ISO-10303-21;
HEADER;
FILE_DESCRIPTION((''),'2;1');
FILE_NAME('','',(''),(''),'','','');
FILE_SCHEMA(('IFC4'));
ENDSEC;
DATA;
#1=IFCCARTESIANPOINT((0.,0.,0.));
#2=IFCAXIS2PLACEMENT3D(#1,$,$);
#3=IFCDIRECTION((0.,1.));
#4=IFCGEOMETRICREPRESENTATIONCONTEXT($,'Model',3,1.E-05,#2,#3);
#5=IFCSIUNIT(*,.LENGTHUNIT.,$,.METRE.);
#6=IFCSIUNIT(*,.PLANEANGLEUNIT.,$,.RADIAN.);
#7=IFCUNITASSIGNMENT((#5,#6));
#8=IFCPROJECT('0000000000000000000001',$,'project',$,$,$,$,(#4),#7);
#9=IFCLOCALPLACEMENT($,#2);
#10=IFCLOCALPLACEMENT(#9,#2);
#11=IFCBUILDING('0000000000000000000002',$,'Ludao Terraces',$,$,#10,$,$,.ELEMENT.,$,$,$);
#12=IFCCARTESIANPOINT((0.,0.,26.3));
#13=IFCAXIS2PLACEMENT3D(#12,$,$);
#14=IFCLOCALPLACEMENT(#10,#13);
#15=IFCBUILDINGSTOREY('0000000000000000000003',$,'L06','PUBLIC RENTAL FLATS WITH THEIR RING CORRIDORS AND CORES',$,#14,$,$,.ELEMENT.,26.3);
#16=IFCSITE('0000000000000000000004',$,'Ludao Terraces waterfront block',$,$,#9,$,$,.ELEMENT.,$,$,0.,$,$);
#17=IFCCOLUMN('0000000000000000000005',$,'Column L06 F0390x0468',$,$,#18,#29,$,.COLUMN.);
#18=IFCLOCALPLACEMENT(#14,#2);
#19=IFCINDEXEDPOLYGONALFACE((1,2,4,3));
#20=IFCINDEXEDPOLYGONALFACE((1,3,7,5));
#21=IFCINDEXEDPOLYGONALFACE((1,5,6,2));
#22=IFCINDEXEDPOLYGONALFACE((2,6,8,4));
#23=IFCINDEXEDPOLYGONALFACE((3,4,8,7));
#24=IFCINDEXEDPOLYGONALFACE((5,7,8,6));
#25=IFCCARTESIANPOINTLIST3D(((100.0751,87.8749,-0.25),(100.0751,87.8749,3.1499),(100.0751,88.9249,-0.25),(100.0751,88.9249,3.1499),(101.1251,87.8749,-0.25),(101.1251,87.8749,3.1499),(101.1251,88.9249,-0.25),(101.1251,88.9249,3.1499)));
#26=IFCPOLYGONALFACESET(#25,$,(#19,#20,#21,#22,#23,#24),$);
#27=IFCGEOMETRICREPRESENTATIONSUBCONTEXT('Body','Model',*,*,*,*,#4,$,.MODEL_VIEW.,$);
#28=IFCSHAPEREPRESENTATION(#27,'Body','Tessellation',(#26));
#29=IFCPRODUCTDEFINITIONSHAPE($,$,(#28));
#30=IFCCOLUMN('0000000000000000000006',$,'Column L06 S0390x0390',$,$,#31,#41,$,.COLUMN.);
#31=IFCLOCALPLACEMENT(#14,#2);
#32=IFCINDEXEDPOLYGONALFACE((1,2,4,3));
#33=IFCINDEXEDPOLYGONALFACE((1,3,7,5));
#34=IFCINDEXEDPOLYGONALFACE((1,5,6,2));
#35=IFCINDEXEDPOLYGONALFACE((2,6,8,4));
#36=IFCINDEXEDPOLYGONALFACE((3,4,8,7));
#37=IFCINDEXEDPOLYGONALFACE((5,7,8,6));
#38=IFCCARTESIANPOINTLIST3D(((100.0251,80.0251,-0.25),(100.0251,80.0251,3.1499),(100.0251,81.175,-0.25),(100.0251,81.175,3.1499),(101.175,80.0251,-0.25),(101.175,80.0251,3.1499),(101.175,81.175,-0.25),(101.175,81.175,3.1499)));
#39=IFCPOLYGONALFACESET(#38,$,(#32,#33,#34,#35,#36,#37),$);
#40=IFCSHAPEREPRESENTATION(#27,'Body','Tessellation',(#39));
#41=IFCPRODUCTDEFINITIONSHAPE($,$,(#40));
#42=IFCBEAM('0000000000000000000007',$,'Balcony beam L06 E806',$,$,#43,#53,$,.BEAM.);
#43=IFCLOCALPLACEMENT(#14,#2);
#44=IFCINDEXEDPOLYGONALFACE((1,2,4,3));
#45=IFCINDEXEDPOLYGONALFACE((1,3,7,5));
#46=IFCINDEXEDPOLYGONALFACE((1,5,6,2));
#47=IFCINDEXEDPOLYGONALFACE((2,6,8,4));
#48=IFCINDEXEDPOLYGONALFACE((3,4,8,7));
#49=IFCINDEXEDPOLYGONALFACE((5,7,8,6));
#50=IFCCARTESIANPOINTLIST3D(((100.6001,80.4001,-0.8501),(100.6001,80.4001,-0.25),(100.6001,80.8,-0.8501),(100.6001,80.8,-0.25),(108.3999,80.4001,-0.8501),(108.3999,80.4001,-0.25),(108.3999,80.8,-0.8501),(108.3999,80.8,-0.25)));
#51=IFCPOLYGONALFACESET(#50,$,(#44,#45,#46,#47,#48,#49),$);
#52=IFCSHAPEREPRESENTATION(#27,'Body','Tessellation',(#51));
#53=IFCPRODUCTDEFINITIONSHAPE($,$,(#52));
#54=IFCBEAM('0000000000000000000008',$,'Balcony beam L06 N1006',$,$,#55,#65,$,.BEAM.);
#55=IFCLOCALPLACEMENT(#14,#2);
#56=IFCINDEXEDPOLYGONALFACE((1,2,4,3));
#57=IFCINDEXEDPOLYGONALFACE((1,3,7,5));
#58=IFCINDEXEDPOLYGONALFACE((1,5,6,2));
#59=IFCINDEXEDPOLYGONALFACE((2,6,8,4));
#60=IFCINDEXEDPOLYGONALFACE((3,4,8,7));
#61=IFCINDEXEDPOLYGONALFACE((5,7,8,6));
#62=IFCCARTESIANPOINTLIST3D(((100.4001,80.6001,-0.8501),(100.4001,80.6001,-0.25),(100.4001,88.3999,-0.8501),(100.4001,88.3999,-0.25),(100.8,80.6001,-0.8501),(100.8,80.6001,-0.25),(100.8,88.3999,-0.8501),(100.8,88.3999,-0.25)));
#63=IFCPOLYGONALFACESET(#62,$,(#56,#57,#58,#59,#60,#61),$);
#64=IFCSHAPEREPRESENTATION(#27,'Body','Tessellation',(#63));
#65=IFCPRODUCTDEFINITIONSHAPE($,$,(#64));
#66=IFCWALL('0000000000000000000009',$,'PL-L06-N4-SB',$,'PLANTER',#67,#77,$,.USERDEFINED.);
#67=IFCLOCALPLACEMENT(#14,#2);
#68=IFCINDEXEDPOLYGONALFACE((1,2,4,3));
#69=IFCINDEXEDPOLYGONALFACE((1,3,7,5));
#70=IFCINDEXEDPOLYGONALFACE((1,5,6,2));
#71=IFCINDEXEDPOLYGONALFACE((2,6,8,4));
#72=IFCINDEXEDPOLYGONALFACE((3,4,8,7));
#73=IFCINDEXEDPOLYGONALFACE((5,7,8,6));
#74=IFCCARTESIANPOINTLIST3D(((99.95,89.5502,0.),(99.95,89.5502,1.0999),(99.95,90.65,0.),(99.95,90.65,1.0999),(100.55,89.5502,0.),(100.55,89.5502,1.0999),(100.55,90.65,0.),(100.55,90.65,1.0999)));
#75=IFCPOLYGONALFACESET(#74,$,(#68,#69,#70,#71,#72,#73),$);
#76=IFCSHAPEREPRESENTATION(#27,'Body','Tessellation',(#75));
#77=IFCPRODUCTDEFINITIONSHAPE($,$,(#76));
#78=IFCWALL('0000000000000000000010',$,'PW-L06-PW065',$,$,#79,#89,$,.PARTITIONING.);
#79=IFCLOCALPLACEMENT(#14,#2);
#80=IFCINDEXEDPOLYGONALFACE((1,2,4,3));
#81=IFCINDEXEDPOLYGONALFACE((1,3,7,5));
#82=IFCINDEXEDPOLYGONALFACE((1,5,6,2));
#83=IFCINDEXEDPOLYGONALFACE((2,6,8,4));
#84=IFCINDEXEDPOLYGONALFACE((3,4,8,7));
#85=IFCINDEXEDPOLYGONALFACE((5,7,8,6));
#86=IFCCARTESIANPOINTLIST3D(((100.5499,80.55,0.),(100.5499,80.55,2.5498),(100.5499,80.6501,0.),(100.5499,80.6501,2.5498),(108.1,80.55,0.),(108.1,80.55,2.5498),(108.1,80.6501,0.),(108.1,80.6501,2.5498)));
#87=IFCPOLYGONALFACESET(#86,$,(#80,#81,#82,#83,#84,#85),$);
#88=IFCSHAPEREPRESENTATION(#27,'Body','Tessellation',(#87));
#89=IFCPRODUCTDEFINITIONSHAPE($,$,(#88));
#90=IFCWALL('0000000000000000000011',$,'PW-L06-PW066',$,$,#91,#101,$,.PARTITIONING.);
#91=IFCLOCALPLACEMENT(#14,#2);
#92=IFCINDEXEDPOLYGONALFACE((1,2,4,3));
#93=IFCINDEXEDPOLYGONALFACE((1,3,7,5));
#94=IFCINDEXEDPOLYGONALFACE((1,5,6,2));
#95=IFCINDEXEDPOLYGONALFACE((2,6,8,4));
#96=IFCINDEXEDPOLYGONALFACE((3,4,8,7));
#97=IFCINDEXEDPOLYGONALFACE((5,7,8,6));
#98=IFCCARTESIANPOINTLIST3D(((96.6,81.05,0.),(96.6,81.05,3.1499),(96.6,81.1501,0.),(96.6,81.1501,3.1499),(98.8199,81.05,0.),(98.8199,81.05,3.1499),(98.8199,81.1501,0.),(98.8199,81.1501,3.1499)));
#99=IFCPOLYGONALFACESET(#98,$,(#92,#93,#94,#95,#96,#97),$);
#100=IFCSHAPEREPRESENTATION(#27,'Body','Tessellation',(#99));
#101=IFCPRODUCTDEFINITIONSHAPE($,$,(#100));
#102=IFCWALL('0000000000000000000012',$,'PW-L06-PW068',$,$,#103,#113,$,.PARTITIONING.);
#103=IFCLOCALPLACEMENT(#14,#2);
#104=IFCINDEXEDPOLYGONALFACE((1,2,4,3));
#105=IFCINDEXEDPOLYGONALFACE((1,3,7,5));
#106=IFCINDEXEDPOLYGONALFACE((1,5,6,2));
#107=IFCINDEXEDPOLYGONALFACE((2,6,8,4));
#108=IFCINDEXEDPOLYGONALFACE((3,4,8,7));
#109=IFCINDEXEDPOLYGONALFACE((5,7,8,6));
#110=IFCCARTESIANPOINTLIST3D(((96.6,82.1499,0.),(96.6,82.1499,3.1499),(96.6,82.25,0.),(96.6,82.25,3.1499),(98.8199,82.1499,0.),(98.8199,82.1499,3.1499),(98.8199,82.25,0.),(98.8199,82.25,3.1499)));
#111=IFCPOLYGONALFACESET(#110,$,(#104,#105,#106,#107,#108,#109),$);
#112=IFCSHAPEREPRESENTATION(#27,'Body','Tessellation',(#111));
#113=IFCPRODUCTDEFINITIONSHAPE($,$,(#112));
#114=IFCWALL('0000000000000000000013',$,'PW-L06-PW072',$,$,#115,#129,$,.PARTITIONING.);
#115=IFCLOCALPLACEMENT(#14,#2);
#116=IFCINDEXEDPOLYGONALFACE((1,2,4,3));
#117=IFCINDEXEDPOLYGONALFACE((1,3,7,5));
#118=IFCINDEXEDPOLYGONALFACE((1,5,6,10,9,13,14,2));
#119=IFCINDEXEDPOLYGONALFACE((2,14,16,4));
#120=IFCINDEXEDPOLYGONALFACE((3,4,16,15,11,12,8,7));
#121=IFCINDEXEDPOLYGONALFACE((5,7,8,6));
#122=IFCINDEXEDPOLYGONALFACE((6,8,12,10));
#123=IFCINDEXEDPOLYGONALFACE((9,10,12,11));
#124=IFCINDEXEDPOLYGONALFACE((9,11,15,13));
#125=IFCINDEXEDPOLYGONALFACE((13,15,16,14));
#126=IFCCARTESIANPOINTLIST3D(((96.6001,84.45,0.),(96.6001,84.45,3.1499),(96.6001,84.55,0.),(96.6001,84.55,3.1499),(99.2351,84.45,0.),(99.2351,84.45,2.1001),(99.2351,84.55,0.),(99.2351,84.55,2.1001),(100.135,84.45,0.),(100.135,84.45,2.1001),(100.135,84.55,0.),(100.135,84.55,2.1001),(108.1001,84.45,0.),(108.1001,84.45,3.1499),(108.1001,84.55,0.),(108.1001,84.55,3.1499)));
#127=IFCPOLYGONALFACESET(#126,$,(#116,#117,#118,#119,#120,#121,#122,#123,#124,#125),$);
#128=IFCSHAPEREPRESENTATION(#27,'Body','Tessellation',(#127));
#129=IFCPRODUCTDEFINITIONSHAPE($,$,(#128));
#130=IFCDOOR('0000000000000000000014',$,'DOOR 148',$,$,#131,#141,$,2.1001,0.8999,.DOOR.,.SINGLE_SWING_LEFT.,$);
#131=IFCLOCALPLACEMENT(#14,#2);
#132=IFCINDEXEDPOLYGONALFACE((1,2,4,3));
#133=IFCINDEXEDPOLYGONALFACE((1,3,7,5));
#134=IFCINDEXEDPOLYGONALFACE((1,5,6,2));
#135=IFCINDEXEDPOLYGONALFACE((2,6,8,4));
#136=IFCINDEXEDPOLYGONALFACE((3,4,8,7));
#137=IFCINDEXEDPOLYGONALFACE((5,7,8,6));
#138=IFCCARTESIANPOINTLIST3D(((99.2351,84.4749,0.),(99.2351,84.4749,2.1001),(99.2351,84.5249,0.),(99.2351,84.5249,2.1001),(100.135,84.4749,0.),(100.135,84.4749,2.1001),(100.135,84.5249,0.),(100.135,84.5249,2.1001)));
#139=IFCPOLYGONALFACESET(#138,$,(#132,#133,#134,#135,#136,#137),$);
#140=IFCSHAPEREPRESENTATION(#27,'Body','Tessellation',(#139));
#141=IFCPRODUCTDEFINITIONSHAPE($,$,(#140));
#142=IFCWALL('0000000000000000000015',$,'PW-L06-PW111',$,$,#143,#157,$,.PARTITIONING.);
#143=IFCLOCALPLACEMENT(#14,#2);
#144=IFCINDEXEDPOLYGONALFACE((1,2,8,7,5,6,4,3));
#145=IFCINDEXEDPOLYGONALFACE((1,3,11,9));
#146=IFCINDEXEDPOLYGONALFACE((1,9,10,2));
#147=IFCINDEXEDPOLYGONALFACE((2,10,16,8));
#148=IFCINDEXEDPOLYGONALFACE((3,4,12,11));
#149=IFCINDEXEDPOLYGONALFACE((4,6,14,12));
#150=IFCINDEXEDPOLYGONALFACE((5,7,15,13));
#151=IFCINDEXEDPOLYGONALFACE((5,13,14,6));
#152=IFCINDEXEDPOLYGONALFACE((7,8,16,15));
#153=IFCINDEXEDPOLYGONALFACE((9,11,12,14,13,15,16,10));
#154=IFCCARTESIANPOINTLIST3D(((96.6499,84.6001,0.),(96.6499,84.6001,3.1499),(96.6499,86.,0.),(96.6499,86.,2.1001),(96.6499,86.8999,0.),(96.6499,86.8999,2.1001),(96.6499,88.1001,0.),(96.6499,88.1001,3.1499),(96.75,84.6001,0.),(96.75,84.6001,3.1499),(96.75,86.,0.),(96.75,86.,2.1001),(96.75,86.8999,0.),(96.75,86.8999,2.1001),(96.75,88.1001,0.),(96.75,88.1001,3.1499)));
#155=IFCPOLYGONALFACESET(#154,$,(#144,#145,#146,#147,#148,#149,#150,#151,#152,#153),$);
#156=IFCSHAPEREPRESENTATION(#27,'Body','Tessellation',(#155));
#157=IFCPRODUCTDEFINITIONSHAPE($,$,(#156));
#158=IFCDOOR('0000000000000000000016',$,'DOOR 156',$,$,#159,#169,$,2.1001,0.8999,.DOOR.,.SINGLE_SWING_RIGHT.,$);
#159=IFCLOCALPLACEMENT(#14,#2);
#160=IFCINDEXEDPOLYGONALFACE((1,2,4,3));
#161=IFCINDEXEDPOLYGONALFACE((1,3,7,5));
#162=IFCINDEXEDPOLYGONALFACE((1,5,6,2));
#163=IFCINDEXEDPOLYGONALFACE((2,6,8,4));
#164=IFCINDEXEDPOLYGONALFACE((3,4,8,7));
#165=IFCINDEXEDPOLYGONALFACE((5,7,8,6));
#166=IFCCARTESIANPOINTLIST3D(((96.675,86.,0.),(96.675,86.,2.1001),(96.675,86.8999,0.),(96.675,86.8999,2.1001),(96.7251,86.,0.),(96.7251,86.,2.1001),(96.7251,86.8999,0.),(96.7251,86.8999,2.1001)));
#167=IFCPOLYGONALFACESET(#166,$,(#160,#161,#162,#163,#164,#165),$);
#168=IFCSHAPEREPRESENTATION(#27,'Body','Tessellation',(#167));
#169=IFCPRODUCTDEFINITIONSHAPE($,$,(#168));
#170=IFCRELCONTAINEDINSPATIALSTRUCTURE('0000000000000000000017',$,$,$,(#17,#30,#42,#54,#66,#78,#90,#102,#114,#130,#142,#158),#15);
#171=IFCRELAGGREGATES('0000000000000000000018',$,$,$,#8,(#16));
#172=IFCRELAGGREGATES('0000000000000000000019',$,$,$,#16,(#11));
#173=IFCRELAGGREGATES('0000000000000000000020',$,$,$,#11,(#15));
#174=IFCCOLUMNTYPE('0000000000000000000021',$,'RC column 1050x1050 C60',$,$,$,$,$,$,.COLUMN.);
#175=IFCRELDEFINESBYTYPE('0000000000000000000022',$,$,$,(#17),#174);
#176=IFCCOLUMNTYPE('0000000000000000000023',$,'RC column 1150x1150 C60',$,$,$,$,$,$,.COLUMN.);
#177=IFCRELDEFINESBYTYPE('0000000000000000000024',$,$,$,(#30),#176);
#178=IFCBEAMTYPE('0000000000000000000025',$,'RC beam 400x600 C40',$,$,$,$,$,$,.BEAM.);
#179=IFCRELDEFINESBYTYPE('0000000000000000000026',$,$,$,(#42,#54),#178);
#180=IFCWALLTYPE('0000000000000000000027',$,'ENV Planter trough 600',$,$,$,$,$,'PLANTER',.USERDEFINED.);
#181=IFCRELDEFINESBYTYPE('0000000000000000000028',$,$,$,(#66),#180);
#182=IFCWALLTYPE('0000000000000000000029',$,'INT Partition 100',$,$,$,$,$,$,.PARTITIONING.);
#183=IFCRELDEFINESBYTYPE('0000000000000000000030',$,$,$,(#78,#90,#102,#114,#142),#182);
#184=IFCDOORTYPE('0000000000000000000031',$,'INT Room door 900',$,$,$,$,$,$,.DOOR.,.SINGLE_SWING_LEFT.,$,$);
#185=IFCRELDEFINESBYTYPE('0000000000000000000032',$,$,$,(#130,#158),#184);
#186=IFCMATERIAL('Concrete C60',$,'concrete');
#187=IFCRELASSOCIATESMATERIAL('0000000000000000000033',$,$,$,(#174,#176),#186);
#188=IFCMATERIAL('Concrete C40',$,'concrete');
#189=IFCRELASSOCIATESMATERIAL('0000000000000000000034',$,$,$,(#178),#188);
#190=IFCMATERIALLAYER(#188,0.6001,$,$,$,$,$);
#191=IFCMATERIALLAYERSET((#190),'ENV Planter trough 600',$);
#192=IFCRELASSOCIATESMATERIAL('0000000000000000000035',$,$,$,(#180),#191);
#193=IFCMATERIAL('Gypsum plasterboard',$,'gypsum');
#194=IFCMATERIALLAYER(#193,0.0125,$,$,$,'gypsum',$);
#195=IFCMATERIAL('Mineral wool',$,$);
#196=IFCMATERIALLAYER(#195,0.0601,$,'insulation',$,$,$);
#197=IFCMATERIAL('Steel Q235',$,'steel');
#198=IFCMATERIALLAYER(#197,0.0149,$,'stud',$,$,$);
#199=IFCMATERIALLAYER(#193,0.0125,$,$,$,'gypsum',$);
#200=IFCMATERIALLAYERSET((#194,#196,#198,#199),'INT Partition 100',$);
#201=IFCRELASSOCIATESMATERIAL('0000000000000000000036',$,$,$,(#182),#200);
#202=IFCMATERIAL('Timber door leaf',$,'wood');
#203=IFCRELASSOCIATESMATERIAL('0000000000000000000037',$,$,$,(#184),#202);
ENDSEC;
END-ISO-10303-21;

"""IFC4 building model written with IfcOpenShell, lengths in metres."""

from ifc_helpers import new_model, si_unit, direction, frame, frame_2d, origin, origin_2d, place, context, subcontext, project, spatial, rectangle, extrude, material, layer, layer_set, material_profile, profile_set, type_object, element, fill, save


model = new_model("IFC4")

# Units and contexts
model_context = context("Model", 3, precision=1e-05, world=origin(), true_north=direction((0.0, 1.0)))
body_context = subcontext(model_context, "Body", "Model", "MODEL_VIEW")
ifc_project = project(units=[si_unit("LENGTHUNIT", "METRE"), si_unit("PLANEANGLEUNIT", "RADIAN")], contexts=[model_context])

# Site, building, storey
site_placement = place(None, origin())
site = spatial("IfcSite", under=ifc_project, at=site_placement, Name="Ludao Terraces waterfront block", CompositionType="ELEMENT", RefElevation=0.0)
building_placement = place(site_placement, origin())
building = spatial("IfcBuilding", under=site, at=building_placement, Name="Ludao Terraces", CompositionType="ELEMENT")
storey_placement = place(building_placement, frame((0.0, 0.0, 26.3)))
storey = spatial("IfcBuildingStorey", under=building, at=storey_placement, Name="L06", Description="PUBLIC RENTAL FLATS WITH THEIR RING CORRIDORS AND CORES", CompositionType="ELEMENT", Elevation=26.3)

# Columns
ifc_material_1 = material(Name="Concrete C60", Category="concrete")
ifc_material_profile_1 = material_profile(ifc_material_1, rectangle(XDim=1.05, YDim=1.05, at=origin_2d()), Name="1050 X 1050")
ifc_profile_set_1 = profile_set([ifc_material_profile_1], Name="Concrete C60")
column_type_1 = type_object("IfcColumnType", Name="RC column 1050x1050 C60", PredefinedType="COLUMN", material=ifc_profile_set_1)
column_1_placement = place(storey_placement, frame((100.6001, 88.3999, -0.25), z_axis=(0.0, 0.0, 1.0), x_axis=(1.0, 0.0, 0.0)))
element("IfcColumn", 1, at=column_1_placement, inside=storey, type_object=column_type_1, Name="Column L06 F0390x0468", PredefinedType="COLUMN", context=body_context, shape_type="SweptSolid", body=[
    extrude(rectangle(XDim=1.05, YDim=1.05, at=origin_2d()), origin(), (0.0, 0.0, 1.0), 3.3999),
])
ifc_material_profile_2 = material_profile(ifc_material_1, rectangle(XDim=1.1499, YDim=1.1499, at=origin_2d()), Name="1150 X 1150")
ifc_profile_set_2 = profile_set([ifc_material_profile_2], Name="Concrete C60")
column_type_2 = type_object("IfcColumnType", Name="RC column 1150x1150 C60", PredefinedType="COLUMN", material=ifc_profile_set_2)
column_2_placement = place(storey_placement, frame((100.6001, 80.6001, -0.25), z_axis=(0.0, 0.0, 1.0), x_axis=(1.0, 0.0, 0.0)))
element("IfcColumn", 2, at=column_2_placement, inside=storey, type_object=column_type_2, Name="Column L06 S0390x0390", PredefinedType="COLUMN", context=body_context, shape_type="SweptSolid", body=[
    extrude(rectangle(XDim=1.1499, YDim=1.1499, at=origin_2d()), origin(), (0.0, 0.0, 1.0), 3.3999),
])

# Beams
ifc_material_2 = material(Name="Concrete C40", Category="concrete")
ifc_material_profile_3 = material_profile(ifc_material_2, rectangle(XDim=0.3999, YDim=0.6001, at=origin_2d()), Name="400 X 600")
ifc_profile_set_3 = profile_set([ifc_material_profile_3], Name="Concrete C40")
beam_type = type_object("IfcBeamType", Name="RC beam 400x600 C40", PredefinedType="BEAM", material=ifc_profile_set_3)
for number, where, z_axis, x_axis, name in (
    (3, (100.6001, 80.6001, -0.55), (1.0, 0.0, 0.0), (0.0, 1.0, 0.0), "Balcony beam L06 E806"),
    (4, (100.6001, 80.6001, -0.55), (0.0, 1.0, 0.0), (-1.0, 0.0, 0.0), "Balcony beam L06 N1006"),
):
    element("IfcBeam", number, at=place(storey_placement, frame(where, z_axis=z_axis, x_axis=x_axis)), inside=storey, type_object=beam_type, Name=name, PredefinedType="BEAM", context=body_context, shape_type="SweptSolid", body=[
        extrude(rectangle(XDim=0.3999, YDim=0.6001, at=origin_2d()), origin(), (0.0, 0.0, 1.0), 7.7998),
    ])

# Walls
ifc_layer_1 = layer(ifc_material_2, 0.6001)
ifc_layer_set_1 = layer_set([ifc_layer_1], Name="ENV Planter trough 600")
wall_type_1 = type_object("IfcWallType", Name="ENV Planter trough 600", ElementType="PLANTER", PredefinedType="USERDEFINED", material=ifc_layer_set_1)
wall_1_placement = place(storey_placement, frame((100.25, 90.6499, 0.0), z_axis=(0.0, 0.0, 1.0), x_axis=(0.0, -1.0, 0.0)))
element("IfcWall", 5, at=wall_1_placement, inside=storey, type_object=wall_type_1, Name="PL-L06-N4-SB", ObjectType="PLANTER", PredefinedType="USERDEFINED", context=body_context, shape_type="SweptSolid", body=[
    extrude(rectangle(XDim=1.0999, YDim=0.6001, at=frame_2d((0.5498, 0.0))), origin(), (0.0, 0.0, 1.0), 1.0999),
])
ifc_material_3 = material(Name="Gypsum plasterboard", Category="gypsum")
ifc_layer_2 = layer(ifc_material_3, 0.0125, Category="gypsum")
ifc_material_4 = material(Name="Mineral wool")
ifc_layer_3 = layer(ifc_material_4, 0.0601, Name="insulation")
ifc_material_5 = material(Name="Steel Q235", Category="steel")
ifc_layer_4 = layer(ifc_material_5, 0.0149, Name="stud")
ifc_layer_5 = layer(ifc_material_3, 0.0125, Category="gypsum")
ifc_layer_set_2 = layer_set([ifc_layer_2, ifc_layer_3, ifc_layer_4, ifc_layer_5], Name="INT Partition 100")
wall_type_2 = type_object("IfcWallType", Name="INT Partition 100", PredefinedType="PARTITIONING", material=ifc_layer_set_2)
wall_2_placement = place(storey_placement, frame((100.55, 80.6001, 0.0), z_axis=(0.0, 0.0, 1.0), x_axis=(1.0, 0.0, 0.0)))
element("IfcWall", 6, at=wall_2_placement, inside=storey, type_object=wall_type_2, Name="PW-L06-PW065", PredefinedType="PARTITIONING", context=body_context, shape_type="SweptSolid", body=[
    extrude(rectangle(XDim=7.55, YDim=0.1001, at=frame_2d((3.7749, 0.0))), origin(), (0.0, 0.0, 1.0), 2.5498),
])
for number, where, z_axis, x_axis, name in (
    (7, (96.6001, 81.1001, 0.0), (0.0, 0.0, 1.0), (1.0, 0.0, 0.0), "PW-L06-PW066"),
    (8, (96.6001, 82.2, 0.0), (0.0, 0.0, 1.0), (1.0, 0.0, 0.0), "PW-L06-PW068"),
):
    element("IfcWall", number, at=place(storey_placement, frame(where, z_axis=z_axis, x_axis=x_axis)), inside=storey, type_object=wall_type_2, Name=name, PredefinedType="PARTITIONING", context=body_context, shape_type="SweptSolid", body=[
        extrude(rectangle(XDim=2.22, YDim=0.1001, at=frame_2d((1.1099, 0.0))), origin(), (0.0, 0.0, 1.0), 3.1499),
    ])

# Walls, openings, doors
wall_3_placement = place(storey_placement, frame((96.6001, 84.5, 0.0), z_axis=(0.0, 0.0, 1.0), x_axis=(1.0, 0.0, 0.0)))
wall_3 = element("IfcWall", 9, at=wall_3_placement, inside=storey, type_object=wall_type_2, Name="PW-L06-PW072", PredefinedType="PARTITIONING", context=body_context, shape_type="SweptSolid", body=[
    extrude(rectangle(XDim=11.5, YDim=0.1001, at=frame_2d((5.75, 0.0))), origin(), (0.0, 0.0, 1.0), 3.1499),
])
opening_1_placement = place(wall_3_placement, frame((2.635, 0.0, 0.0)))
opening_1 = element("IfcOpeningElement", 10, at=opening_1_placement, cuts=wall_3, PredefinedType="OPENING", context=body_context, shape_type="SweptSolid", body=[
    extrude(rectangle(XDim=0.8999, YDim=2.1001, at=frame_2d((0.45, 1.05))), frame((0.0, 0.0601, 0.0), z_axis=(0.0, -1.0, 0.0), x_axis=(1.0, 0.0, 0.0)), (0.0, 0.0, 1.0), 0.1201),
])
ifc_material_6 = material(Name="Timber door leaf", Category="wood")
door_type = type_object("IfcDoorType", Name="INT Room door 900", OperationType="SINGLE_SWING_LEFT", PredefinedType="DOOR", material=ifc_material_6)
door_1_placement = place(opening_1_placement, origin())
door_1 = element("IfcDoor", 11, at=door_1_placement, inside=storey, type_object=door_type, Name="DOOR 148", OperationType="SINGLE_SWING_LEFT", OverallHeight=2.1001, OverallWidth=0.8999, PredefinedType="DOOR", context=body_context, shape_type="SweptSolid", body=[
    extrude(rectangle(XDim=0.8999, YDim=2.1001, at=frame_2d((0.45, 1.05))), frame((0.0, 0.0249, 0.0), z_axis=(0.0, -1.0, 0.0), x_axis=(1.0, 0.0, 0.0)), (0.0, 0.0, 1.0), 0.05),
])
fill(opening_1, door_1)
wall_4_placement = place(storey_placement, frame((96.7, 84.6001, 0.0), z_axis=(0.0, 0.0, 1.0), x_axis=(0.0, 1.0, 0.0)))
wall_4 = element("IfcWall", 12, at=wall_4_placement, inside=storey, type_object=wall_type_2, Name="PW-L06-PW111", PredefinedType="PARTITIONING", context=body_context, shape_type="SweptSolid", body=[
    extrude(rectangle(XDim=3.5, YDim=0.1001, at=frame_2d((1.75, 0.0))), origin(), (0.0, 0.0, 1.0), 3.1499),
])
opening_2_placement = place(wall_4_placement, frame((1.3999, 0.0, 0.0)))
opening_2 = element("IfcOpeningElement", 13, at=opening_2_placement, cuts=wall_4, PredefinedType="OPENING", context=body_context, shape_type="SweptSolid", body=[
    extrude(rectangle(XDim=0.8999, YDim=2.1001, at=frame_2d((0.45, 1.05))), frame((0.0, 0.0601, 0.0), z_axis=(0.0, -1.0, 0.0), x_axis=(1.0, 0.0, 0.0)), (0.0, 0.0, 1.0), 0.1201),
])
door_2_placement = place(opening_2_placement, origin())
door_2 = element("IfcDoor", 14, at=door_2_placement, inside=storey, type_object=door_type, Name="DOOR 156", OperationType="SINGLE_SWING_RIGHT", OverallHeight=2.1001, OverallWidth=0.8999, PredefinedType="DOOR", context=body_context, shape_type="SweptSolid", body=[
    extrude(rectangle(XDim=0.8999, YDim=2.1001, at=frame_2d((0.45, 1.05))), frame((0.0, 0.0249, 0.0), z_axis=(0.0, -1.0, 0.0), x_axis=(1.0, 0.0, 0.0)), (0.0, 0.0, 1.0), 0.05),
])
fill(opening_2, door_2)

save(model, "model.ifc")
